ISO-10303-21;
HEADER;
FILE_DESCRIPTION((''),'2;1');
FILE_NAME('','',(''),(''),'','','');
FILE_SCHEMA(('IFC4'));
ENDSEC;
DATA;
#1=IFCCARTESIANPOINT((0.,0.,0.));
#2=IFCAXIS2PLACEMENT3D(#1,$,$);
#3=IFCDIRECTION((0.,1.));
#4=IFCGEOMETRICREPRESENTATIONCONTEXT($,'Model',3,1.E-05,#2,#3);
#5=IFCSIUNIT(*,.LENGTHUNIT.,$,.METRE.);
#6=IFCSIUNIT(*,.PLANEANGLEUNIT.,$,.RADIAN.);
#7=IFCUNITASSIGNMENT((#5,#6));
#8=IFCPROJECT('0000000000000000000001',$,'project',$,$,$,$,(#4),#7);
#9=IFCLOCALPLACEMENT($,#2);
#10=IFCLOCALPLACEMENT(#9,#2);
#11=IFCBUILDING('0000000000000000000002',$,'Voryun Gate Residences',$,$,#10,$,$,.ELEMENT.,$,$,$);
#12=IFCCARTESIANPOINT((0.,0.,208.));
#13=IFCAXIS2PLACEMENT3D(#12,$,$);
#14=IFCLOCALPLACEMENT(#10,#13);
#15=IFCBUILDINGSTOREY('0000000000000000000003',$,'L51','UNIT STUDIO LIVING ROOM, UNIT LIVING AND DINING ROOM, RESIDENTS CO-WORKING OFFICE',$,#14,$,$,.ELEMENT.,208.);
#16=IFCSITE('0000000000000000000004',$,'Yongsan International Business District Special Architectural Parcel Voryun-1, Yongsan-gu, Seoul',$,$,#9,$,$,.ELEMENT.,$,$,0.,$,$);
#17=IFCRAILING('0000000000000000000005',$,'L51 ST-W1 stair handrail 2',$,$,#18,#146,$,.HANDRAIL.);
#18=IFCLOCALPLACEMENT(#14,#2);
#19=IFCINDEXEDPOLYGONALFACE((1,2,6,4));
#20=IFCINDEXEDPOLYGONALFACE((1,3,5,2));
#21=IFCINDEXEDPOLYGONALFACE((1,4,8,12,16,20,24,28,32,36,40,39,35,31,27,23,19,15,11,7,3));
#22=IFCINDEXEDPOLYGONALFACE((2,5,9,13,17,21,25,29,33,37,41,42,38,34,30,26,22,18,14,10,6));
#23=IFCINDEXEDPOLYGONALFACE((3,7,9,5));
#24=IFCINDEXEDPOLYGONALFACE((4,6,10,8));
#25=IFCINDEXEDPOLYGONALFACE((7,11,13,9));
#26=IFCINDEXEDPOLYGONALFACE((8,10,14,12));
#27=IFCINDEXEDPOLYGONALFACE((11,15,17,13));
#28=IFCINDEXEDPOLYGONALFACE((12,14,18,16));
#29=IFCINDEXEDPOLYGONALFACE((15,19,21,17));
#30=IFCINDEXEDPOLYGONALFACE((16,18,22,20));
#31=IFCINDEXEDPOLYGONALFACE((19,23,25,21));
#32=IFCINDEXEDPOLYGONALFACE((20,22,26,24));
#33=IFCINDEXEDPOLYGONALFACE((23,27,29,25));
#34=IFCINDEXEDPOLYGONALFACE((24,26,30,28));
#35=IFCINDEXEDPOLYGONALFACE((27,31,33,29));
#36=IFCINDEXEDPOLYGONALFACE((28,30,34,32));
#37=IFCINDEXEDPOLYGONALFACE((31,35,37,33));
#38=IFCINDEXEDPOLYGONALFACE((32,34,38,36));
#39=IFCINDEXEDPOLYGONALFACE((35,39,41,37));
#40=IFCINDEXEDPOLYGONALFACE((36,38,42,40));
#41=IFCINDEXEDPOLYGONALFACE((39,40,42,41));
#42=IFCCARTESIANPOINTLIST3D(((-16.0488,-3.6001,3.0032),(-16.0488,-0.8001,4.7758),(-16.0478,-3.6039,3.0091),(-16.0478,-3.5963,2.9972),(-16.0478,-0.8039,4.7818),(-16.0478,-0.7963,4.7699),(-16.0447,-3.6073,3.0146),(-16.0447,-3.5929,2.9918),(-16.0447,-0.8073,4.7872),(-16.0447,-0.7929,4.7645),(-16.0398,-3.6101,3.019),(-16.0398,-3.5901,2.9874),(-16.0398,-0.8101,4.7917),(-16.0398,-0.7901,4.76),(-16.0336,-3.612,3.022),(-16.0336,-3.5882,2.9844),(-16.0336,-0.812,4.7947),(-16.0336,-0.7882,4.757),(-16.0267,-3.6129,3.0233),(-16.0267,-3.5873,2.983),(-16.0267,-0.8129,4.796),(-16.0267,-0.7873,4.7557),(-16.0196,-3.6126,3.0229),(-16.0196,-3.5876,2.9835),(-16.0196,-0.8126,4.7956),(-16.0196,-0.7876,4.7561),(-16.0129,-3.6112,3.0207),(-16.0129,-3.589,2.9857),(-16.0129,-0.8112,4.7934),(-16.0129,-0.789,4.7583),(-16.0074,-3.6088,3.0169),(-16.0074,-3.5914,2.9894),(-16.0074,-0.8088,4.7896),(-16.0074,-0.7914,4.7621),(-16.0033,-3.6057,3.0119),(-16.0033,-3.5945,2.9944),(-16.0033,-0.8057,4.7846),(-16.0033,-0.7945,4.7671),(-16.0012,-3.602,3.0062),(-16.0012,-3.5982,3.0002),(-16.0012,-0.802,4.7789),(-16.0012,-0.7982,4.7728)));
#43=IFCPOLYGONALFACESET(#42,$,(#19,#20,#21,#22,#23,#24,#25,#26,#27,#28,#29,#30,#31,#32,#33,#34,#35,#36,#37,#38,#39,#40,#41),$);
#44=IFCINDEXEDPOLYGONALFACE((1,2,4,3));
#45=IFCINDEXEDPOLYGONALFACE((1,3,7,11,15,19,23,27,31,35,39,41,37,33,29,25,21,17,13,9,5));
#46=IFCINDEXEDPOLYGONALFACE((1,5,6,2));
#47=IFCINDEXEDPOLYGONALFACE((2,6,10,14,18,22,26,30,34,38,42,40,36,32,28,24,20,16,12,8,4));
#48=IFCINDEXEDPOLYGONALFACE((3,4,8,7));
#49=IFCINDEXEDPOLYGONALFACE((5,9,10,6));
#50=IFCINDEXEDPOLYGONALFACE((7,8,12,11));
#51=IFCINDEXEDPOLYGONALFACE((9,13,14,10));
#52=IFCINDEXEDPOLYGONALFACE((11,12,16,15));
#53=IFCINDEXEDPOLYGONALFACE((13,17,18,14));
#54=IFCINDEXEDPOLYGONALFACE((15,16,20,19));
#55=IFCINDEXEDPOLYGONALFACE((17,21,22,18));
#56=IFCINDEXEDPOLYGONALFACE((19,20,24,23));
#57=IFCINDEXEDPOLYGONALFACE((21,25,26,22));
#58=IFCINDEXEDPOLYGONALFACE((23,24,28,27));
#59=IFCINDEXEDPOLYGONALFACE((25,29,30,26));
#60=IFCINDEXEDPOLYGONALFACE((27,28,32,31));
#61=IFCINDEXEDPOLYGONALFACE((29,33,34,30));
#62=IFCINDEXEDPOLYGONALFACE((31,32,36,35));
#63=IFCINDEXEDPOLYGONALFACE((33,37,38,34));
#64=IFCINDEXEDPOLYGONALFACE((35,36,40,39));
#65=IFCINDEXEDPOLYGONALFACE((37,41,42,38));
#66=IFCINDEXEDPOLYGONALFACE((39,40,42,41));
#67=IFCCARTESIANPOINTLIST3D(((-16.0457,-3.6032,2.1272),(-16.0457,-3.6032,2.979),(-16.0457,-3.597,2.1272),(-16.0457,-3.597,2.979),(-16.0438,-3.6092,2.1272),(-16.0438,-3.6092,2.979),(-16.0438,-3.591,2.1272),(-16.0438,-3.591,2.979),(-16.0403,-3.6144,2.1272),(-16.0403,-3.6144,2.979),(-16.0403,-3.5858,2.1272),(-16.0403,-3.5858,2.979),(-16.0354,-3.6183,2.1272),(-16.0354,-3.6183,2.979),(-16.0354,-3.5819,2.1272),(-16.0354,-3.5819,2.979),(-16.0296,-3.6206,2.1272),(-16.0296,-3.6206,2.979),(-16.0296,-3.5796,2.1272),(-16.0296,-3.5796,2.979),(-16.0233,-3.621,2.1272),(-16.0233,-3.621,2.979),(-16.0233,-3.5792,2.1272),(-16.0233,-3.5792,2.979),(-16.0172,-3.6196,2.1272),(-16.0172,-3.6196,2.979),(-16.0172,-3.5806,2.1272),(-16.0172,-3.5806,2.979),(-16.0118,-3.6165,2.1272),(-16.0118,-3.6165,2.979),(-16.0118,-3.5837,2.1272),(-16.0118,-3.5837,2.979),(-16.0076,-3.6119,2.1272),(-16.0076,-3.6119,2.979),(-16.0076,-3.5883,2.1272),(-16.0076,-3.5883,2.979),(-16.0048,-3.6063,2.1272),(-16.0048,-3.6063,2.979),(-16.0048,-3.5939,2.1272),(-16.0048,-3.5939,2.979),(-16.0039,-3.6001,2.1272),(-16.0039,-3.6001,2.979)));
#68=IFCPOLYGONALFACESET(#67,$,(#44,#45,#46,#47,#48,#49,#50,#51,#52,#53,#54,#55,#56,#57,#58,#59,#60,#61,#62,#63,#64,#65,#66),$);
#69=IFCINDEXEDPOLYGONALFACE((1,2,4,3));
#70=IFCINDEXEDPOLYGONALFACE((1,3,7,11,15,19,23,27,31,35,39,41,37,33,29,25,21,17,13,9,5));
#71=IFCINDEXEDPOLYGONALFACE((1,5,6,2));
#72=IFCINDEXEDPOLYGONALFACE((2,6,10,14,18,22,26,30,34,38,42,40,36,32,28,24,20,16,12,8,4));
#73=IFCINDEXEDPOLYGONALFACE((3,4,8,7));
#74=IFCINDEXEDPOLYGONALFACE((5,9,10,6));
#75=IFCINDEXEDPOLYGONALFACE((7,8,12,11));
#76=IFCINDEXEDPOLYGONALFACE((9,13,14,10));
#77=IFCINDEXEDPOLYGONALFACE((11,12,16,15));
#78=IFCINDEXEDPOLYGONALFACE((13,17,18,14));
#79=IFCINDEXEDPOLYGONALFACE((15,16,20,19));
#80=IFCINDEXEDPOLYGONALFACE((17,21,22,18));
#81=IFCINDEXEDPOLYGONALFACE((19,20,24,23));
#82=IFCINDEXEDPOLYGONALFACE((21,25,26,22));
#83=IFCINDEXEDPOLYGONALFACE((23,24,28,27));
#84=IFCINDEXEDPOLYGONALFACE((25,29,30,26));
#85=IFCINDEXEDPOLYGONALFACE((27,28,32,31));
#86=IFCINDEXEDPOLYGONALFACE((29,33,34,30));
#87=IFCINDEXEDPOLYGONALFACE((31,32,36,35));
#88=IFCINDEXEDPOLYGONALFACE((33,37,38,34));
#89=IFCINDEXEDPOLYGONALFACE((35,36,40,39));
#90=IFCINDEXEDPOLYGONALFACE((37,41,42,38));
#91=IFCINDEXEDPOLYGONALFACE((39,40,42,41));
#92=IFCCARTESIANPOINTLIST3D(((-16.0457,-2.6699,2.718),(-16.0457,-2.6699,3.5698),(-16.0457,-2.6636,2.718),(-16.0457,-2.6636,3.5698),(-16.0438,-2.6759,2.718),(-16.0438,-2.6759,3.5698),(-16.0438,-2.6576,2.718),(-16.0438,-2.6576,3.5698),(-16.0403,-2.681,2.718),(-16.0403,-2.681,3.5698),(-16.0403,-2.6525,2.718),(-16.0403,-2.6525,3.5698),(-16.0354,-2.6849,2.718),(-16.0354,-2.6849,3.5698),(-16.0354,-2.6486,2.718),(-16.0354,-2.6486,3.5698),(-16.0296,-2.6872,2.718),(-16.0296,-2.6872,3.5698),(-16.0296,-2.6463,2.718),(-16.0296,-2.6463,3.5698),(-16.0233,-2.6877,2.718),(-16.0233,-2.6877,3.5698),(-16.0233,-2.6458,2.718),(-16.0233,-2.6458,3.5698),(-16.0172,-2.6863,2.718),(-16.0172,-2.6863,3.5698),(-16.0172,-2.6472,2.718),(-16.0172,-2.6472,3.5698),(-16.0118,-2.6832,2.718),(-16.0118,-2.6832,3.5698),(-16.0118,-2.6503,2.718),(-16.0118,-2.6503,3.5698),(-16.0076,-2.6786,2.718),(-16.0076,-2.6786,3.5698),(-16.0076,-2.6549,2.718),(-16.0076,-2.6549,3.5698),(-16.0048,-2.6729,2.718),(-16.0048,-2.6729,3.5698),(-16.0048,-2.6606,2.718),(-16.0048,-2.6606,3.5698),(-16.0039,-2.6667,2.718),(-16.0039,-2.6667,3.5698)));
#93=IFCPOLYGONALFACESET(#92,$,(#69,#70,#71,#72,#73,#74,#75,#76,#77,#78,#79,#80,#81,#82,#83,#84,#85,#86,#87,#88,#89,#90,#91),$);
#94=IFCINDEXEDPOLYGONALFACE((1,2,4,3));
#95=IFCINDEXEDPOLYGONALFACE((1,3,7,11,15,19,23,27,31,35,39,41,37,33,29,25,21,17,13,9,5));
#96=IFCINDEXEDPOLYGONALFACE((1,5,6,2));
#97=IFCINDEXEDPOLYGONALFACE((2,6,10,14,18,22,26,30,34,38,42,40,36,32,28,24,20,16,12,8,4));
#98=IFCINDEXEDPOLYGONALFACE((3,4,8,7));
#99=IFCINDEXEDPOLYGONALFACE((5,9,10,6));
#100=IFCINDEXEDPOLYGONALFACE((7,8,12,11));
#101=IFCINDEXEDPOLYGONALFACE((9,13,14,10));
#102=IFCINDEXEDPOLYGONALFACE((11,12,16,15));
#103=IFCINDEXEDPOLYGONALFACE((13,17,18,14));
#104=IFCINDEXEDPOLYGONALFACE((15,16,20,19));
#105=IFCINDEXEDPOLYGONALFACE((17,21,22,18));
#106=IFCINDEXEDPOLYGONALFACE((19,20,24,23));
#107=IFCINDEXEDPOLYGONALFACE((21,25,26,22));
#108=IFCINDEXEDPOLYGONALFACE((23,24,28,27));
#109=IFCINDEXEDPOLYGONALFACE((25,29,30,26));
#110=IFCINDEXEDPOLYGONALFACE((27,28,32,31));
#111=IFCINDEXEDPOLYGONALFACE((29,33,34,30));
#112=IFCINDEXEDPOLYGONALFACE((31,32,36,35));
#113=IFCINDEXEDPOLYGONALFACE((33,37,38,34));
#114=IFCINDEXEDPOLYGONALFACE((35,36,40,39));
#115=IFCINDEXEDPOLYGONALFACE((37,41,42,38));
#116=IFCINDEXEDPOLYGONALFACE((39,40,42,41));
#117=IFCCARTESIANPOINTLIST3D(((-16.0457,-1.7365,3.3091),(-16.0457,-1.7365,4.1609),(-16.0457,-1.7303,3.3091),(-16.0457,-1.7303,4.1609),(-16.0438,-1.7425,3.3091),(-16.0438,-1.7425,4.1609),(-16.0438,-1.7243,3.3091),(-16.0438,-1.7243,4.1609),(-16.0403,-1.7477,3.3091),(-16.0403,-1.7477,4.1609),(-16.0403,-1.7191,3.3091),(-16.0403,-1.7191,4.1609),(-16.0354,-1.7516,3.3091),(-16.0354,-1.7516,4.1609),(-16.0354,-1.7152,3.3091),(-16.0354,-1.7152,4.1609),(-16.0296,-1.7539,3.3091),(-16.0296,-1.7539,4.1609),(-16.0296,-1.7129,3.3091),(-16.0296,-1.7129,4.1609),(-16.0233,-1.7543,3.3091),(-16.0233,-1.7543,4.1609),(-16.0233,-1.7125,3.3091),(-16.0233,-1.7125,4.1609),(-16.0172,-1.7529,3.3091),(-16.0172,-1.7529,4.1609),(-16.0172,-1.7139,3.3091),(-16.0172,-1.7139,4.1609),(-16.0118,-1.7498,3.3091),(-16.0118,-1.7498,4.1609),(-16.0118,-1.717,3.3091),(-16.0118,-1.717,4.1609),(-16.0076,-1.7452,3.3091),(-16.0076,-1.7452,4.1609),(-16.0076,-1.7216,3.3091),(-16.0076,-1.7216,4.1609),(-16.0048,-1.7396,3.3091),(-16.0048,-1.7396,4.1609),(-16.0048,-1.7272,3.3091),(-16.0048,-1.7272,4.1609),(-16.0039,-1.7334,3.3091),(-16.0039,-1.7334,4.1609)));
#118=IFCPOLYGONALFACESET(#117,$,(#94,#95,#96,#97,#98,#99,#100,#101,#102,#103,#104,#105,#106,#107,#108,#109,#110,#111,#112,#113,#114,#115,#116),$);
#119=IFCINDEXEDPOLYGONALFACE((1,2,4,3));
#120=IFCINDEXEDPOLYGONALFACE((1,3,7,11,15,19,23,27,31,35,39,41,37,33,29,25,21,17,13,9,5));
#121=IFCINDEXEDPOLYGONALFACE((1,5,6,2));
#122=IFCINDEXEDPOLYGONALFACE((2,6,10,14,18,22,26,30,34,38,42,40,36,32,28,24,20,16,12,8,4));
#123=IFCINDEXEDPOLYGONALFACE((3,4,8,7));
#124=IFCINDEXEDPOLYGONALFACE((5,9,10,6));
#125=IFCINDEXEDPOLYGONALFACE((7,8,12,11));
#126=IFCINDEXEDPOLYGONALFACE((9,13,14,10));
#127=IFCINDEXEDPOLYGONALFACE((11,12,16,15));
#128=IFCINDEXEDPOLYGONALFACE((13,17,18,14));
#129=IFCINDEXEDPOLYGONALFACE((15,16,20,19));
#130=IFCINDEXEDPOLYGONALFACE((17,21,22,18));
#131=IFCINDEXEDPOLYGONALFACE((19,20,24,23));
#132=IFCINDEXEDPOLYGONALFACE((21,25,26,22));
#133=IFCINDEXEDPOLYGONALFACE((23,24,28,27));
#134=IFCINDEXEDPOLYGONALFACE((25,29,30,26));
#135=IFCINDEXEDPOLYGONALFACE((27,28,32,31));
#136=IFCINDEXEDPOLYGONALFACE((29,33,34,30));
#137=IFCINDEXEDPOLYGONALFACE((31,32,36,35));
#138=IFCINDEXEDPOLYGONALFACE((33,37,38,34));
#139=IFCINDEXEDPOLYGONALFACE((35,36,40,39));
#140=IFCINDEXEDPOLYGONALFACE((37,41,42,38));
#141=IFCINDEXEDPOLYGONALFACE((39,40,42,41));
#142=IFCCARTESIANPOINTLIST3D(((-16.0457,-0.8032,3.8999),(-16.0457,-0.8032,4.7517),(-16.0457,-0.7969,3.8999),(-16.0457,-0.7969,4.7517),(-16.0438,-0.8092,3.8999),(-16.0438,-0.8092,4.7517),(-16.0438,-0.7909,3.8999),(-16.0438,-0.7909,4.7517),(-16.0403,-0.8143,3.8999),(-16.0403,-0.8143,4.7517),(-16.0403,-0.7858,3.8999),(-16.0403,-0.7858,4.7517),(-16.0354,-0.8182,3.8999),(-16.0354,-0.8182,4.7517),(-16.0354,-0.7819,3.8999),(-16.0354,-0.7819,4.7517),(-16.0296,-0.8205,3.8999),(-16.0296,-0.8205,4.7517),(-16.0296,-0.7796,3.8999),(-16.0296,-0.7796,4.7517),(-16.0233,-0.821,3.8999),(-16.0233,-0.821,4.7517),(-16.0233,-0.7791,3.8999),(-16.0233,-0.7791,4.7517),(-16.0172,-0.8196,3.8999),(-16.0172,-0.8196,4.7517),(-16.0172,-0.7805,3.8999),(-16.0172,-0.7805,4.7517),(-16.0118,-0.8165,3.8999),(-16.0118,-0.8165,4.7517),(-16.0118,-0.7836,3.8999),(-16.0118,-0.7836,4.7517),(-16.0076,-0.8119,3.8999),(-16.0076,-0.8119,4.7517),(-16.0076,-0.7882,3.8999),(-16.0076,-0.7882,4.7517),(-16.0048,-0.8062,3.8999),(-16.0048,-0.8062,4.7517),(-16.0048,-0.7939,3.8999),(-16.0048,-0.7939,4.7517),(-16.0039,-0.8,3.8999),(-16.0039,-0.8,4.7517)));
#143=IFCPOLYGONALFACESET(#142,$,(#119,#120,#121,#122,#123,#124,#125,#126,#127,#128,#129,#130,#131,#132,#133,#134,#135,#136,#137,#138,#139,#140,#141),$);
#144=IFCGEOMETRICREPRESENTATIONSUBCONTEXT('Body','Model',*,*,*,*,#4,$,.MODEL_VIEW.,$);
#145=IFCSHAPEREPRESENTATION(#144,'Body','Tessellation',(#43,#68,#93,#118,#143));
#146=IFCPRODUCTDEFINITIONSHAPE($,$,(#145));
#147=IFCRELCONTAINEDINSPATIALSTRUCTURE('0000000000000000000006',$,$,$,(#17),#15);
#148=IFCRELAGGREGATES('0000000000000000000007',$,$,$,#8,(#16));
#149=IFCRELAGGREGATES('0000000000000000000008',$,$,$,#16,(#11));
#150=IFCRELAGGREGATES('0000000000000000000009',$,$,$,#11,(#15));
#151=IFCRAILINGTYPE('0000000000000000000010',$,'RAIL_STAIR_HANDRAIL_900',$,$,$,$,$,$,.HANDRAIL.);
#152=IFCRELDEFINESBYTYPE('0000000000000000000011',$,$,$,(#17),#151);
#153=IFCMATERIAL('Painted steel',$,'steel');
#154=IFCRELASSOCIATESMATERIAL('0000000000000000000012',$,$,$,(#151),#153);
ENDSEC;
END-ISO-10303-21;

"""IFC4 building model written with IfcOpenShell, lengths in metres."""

from ifc_helpers import new_model, si_unit, direction, frame, origin, origin_2d, place, context, subcontext, project, spatial, circle, extrude, material, type_object, element, save


model = new_model("IFC4")

# Units and contexts
model_context = context("Model", 3, precision=1e-05, world=origin(), true_north=direction((0.0, 1.0)))
body_context = subcontext(model_context, "Body", "Model", "MODEL_VIEW")
ifc_project = project(units=[si_unit("LENGTHUNIT", "METRE"), si_unit("PLANEANGLEUNIT", "RADIAN")], contexts=[model_context])

# Site, building, storey
site_placement = place(None, origin())
site = spatial("IfcSite", under=ifc_project, at=site_placement, Name="Yongsan International Business District Special Architectural Parcel Voryun-1, Yongsan-gu, Seoul", CompositionType="ELEMENT", RefElevation=0.0)
building_placement = place(site_placement, origin())
building = spatial("IfcBuilding", under=site, at=building_placement, Name="Voryun Gate Residences", CompositionType="ELEMENT")
storey_placement = place(building_placement, frame((0.0, 0.0, 208.0)))
storey = spatial("IfcBuildingStorey", under=building, at=storey_placement, Name="L51", Description="UNIT STUDIO LIVING ROOM, UNIT LIVING AND DINING ROOM, RESIDENTS CO-WORKING OFFICE", CompositionType="ELEMENT", Elevation=208.0)

# Railing
ifc_material_1 = material(Name="Painted steel", Category="steel")
railing_type_1 = type_object("IfcRailingType", Name="RAIL_STAIR_HANDRAIL_900", PredefinedType="HANDRAIL", material=ifc_material_1)
railing_1_placement = place(storey_placement, frame((-16.0249, -3.6001, 2.1272)))
element("IfcRailing", 1, at=railing_1_placement, inside=storey, type_object=railing_type_1, Name="L51 ST-W1 stair handrail 2", PredefinedType="HANDRAIL", context=body_context, shape_type="SweptSolid", body=[
    extrude(circle(Radius=0.0239, at=origin_2d()), frame((0.0, 0.0, 0.876), z_axis=(0.0, 0.844909, 0.53491), x_axis=(-1.0, 0.0, 0.0)), (0.0, 0.0, 1.0), 3.314),
    extrude(circle(Radius=0.021, at=origin_2d()), origin(), (0.0, 0.0, 1.0), 0.8518),
    extrude(circle(Radius=0.021, at=origin_2d()), frame((0.0, 0.9333, 0.5908)), (0.0, 0.0, 1.0), 0.8518),
    extrude(circle(Radius=0.021, at=origin_2d()), frame((0.0, 1.8667, 1.1819)), (0.0, 0.0, 1.0), 0.8518),
    extrude(circle(Radius=0.021, at=origin_2d()), frame((0.0, 2.8, 1.7727)), (0.0, 0.0, 1.0), 0.8518),
])

save(model, "model.ifc")
